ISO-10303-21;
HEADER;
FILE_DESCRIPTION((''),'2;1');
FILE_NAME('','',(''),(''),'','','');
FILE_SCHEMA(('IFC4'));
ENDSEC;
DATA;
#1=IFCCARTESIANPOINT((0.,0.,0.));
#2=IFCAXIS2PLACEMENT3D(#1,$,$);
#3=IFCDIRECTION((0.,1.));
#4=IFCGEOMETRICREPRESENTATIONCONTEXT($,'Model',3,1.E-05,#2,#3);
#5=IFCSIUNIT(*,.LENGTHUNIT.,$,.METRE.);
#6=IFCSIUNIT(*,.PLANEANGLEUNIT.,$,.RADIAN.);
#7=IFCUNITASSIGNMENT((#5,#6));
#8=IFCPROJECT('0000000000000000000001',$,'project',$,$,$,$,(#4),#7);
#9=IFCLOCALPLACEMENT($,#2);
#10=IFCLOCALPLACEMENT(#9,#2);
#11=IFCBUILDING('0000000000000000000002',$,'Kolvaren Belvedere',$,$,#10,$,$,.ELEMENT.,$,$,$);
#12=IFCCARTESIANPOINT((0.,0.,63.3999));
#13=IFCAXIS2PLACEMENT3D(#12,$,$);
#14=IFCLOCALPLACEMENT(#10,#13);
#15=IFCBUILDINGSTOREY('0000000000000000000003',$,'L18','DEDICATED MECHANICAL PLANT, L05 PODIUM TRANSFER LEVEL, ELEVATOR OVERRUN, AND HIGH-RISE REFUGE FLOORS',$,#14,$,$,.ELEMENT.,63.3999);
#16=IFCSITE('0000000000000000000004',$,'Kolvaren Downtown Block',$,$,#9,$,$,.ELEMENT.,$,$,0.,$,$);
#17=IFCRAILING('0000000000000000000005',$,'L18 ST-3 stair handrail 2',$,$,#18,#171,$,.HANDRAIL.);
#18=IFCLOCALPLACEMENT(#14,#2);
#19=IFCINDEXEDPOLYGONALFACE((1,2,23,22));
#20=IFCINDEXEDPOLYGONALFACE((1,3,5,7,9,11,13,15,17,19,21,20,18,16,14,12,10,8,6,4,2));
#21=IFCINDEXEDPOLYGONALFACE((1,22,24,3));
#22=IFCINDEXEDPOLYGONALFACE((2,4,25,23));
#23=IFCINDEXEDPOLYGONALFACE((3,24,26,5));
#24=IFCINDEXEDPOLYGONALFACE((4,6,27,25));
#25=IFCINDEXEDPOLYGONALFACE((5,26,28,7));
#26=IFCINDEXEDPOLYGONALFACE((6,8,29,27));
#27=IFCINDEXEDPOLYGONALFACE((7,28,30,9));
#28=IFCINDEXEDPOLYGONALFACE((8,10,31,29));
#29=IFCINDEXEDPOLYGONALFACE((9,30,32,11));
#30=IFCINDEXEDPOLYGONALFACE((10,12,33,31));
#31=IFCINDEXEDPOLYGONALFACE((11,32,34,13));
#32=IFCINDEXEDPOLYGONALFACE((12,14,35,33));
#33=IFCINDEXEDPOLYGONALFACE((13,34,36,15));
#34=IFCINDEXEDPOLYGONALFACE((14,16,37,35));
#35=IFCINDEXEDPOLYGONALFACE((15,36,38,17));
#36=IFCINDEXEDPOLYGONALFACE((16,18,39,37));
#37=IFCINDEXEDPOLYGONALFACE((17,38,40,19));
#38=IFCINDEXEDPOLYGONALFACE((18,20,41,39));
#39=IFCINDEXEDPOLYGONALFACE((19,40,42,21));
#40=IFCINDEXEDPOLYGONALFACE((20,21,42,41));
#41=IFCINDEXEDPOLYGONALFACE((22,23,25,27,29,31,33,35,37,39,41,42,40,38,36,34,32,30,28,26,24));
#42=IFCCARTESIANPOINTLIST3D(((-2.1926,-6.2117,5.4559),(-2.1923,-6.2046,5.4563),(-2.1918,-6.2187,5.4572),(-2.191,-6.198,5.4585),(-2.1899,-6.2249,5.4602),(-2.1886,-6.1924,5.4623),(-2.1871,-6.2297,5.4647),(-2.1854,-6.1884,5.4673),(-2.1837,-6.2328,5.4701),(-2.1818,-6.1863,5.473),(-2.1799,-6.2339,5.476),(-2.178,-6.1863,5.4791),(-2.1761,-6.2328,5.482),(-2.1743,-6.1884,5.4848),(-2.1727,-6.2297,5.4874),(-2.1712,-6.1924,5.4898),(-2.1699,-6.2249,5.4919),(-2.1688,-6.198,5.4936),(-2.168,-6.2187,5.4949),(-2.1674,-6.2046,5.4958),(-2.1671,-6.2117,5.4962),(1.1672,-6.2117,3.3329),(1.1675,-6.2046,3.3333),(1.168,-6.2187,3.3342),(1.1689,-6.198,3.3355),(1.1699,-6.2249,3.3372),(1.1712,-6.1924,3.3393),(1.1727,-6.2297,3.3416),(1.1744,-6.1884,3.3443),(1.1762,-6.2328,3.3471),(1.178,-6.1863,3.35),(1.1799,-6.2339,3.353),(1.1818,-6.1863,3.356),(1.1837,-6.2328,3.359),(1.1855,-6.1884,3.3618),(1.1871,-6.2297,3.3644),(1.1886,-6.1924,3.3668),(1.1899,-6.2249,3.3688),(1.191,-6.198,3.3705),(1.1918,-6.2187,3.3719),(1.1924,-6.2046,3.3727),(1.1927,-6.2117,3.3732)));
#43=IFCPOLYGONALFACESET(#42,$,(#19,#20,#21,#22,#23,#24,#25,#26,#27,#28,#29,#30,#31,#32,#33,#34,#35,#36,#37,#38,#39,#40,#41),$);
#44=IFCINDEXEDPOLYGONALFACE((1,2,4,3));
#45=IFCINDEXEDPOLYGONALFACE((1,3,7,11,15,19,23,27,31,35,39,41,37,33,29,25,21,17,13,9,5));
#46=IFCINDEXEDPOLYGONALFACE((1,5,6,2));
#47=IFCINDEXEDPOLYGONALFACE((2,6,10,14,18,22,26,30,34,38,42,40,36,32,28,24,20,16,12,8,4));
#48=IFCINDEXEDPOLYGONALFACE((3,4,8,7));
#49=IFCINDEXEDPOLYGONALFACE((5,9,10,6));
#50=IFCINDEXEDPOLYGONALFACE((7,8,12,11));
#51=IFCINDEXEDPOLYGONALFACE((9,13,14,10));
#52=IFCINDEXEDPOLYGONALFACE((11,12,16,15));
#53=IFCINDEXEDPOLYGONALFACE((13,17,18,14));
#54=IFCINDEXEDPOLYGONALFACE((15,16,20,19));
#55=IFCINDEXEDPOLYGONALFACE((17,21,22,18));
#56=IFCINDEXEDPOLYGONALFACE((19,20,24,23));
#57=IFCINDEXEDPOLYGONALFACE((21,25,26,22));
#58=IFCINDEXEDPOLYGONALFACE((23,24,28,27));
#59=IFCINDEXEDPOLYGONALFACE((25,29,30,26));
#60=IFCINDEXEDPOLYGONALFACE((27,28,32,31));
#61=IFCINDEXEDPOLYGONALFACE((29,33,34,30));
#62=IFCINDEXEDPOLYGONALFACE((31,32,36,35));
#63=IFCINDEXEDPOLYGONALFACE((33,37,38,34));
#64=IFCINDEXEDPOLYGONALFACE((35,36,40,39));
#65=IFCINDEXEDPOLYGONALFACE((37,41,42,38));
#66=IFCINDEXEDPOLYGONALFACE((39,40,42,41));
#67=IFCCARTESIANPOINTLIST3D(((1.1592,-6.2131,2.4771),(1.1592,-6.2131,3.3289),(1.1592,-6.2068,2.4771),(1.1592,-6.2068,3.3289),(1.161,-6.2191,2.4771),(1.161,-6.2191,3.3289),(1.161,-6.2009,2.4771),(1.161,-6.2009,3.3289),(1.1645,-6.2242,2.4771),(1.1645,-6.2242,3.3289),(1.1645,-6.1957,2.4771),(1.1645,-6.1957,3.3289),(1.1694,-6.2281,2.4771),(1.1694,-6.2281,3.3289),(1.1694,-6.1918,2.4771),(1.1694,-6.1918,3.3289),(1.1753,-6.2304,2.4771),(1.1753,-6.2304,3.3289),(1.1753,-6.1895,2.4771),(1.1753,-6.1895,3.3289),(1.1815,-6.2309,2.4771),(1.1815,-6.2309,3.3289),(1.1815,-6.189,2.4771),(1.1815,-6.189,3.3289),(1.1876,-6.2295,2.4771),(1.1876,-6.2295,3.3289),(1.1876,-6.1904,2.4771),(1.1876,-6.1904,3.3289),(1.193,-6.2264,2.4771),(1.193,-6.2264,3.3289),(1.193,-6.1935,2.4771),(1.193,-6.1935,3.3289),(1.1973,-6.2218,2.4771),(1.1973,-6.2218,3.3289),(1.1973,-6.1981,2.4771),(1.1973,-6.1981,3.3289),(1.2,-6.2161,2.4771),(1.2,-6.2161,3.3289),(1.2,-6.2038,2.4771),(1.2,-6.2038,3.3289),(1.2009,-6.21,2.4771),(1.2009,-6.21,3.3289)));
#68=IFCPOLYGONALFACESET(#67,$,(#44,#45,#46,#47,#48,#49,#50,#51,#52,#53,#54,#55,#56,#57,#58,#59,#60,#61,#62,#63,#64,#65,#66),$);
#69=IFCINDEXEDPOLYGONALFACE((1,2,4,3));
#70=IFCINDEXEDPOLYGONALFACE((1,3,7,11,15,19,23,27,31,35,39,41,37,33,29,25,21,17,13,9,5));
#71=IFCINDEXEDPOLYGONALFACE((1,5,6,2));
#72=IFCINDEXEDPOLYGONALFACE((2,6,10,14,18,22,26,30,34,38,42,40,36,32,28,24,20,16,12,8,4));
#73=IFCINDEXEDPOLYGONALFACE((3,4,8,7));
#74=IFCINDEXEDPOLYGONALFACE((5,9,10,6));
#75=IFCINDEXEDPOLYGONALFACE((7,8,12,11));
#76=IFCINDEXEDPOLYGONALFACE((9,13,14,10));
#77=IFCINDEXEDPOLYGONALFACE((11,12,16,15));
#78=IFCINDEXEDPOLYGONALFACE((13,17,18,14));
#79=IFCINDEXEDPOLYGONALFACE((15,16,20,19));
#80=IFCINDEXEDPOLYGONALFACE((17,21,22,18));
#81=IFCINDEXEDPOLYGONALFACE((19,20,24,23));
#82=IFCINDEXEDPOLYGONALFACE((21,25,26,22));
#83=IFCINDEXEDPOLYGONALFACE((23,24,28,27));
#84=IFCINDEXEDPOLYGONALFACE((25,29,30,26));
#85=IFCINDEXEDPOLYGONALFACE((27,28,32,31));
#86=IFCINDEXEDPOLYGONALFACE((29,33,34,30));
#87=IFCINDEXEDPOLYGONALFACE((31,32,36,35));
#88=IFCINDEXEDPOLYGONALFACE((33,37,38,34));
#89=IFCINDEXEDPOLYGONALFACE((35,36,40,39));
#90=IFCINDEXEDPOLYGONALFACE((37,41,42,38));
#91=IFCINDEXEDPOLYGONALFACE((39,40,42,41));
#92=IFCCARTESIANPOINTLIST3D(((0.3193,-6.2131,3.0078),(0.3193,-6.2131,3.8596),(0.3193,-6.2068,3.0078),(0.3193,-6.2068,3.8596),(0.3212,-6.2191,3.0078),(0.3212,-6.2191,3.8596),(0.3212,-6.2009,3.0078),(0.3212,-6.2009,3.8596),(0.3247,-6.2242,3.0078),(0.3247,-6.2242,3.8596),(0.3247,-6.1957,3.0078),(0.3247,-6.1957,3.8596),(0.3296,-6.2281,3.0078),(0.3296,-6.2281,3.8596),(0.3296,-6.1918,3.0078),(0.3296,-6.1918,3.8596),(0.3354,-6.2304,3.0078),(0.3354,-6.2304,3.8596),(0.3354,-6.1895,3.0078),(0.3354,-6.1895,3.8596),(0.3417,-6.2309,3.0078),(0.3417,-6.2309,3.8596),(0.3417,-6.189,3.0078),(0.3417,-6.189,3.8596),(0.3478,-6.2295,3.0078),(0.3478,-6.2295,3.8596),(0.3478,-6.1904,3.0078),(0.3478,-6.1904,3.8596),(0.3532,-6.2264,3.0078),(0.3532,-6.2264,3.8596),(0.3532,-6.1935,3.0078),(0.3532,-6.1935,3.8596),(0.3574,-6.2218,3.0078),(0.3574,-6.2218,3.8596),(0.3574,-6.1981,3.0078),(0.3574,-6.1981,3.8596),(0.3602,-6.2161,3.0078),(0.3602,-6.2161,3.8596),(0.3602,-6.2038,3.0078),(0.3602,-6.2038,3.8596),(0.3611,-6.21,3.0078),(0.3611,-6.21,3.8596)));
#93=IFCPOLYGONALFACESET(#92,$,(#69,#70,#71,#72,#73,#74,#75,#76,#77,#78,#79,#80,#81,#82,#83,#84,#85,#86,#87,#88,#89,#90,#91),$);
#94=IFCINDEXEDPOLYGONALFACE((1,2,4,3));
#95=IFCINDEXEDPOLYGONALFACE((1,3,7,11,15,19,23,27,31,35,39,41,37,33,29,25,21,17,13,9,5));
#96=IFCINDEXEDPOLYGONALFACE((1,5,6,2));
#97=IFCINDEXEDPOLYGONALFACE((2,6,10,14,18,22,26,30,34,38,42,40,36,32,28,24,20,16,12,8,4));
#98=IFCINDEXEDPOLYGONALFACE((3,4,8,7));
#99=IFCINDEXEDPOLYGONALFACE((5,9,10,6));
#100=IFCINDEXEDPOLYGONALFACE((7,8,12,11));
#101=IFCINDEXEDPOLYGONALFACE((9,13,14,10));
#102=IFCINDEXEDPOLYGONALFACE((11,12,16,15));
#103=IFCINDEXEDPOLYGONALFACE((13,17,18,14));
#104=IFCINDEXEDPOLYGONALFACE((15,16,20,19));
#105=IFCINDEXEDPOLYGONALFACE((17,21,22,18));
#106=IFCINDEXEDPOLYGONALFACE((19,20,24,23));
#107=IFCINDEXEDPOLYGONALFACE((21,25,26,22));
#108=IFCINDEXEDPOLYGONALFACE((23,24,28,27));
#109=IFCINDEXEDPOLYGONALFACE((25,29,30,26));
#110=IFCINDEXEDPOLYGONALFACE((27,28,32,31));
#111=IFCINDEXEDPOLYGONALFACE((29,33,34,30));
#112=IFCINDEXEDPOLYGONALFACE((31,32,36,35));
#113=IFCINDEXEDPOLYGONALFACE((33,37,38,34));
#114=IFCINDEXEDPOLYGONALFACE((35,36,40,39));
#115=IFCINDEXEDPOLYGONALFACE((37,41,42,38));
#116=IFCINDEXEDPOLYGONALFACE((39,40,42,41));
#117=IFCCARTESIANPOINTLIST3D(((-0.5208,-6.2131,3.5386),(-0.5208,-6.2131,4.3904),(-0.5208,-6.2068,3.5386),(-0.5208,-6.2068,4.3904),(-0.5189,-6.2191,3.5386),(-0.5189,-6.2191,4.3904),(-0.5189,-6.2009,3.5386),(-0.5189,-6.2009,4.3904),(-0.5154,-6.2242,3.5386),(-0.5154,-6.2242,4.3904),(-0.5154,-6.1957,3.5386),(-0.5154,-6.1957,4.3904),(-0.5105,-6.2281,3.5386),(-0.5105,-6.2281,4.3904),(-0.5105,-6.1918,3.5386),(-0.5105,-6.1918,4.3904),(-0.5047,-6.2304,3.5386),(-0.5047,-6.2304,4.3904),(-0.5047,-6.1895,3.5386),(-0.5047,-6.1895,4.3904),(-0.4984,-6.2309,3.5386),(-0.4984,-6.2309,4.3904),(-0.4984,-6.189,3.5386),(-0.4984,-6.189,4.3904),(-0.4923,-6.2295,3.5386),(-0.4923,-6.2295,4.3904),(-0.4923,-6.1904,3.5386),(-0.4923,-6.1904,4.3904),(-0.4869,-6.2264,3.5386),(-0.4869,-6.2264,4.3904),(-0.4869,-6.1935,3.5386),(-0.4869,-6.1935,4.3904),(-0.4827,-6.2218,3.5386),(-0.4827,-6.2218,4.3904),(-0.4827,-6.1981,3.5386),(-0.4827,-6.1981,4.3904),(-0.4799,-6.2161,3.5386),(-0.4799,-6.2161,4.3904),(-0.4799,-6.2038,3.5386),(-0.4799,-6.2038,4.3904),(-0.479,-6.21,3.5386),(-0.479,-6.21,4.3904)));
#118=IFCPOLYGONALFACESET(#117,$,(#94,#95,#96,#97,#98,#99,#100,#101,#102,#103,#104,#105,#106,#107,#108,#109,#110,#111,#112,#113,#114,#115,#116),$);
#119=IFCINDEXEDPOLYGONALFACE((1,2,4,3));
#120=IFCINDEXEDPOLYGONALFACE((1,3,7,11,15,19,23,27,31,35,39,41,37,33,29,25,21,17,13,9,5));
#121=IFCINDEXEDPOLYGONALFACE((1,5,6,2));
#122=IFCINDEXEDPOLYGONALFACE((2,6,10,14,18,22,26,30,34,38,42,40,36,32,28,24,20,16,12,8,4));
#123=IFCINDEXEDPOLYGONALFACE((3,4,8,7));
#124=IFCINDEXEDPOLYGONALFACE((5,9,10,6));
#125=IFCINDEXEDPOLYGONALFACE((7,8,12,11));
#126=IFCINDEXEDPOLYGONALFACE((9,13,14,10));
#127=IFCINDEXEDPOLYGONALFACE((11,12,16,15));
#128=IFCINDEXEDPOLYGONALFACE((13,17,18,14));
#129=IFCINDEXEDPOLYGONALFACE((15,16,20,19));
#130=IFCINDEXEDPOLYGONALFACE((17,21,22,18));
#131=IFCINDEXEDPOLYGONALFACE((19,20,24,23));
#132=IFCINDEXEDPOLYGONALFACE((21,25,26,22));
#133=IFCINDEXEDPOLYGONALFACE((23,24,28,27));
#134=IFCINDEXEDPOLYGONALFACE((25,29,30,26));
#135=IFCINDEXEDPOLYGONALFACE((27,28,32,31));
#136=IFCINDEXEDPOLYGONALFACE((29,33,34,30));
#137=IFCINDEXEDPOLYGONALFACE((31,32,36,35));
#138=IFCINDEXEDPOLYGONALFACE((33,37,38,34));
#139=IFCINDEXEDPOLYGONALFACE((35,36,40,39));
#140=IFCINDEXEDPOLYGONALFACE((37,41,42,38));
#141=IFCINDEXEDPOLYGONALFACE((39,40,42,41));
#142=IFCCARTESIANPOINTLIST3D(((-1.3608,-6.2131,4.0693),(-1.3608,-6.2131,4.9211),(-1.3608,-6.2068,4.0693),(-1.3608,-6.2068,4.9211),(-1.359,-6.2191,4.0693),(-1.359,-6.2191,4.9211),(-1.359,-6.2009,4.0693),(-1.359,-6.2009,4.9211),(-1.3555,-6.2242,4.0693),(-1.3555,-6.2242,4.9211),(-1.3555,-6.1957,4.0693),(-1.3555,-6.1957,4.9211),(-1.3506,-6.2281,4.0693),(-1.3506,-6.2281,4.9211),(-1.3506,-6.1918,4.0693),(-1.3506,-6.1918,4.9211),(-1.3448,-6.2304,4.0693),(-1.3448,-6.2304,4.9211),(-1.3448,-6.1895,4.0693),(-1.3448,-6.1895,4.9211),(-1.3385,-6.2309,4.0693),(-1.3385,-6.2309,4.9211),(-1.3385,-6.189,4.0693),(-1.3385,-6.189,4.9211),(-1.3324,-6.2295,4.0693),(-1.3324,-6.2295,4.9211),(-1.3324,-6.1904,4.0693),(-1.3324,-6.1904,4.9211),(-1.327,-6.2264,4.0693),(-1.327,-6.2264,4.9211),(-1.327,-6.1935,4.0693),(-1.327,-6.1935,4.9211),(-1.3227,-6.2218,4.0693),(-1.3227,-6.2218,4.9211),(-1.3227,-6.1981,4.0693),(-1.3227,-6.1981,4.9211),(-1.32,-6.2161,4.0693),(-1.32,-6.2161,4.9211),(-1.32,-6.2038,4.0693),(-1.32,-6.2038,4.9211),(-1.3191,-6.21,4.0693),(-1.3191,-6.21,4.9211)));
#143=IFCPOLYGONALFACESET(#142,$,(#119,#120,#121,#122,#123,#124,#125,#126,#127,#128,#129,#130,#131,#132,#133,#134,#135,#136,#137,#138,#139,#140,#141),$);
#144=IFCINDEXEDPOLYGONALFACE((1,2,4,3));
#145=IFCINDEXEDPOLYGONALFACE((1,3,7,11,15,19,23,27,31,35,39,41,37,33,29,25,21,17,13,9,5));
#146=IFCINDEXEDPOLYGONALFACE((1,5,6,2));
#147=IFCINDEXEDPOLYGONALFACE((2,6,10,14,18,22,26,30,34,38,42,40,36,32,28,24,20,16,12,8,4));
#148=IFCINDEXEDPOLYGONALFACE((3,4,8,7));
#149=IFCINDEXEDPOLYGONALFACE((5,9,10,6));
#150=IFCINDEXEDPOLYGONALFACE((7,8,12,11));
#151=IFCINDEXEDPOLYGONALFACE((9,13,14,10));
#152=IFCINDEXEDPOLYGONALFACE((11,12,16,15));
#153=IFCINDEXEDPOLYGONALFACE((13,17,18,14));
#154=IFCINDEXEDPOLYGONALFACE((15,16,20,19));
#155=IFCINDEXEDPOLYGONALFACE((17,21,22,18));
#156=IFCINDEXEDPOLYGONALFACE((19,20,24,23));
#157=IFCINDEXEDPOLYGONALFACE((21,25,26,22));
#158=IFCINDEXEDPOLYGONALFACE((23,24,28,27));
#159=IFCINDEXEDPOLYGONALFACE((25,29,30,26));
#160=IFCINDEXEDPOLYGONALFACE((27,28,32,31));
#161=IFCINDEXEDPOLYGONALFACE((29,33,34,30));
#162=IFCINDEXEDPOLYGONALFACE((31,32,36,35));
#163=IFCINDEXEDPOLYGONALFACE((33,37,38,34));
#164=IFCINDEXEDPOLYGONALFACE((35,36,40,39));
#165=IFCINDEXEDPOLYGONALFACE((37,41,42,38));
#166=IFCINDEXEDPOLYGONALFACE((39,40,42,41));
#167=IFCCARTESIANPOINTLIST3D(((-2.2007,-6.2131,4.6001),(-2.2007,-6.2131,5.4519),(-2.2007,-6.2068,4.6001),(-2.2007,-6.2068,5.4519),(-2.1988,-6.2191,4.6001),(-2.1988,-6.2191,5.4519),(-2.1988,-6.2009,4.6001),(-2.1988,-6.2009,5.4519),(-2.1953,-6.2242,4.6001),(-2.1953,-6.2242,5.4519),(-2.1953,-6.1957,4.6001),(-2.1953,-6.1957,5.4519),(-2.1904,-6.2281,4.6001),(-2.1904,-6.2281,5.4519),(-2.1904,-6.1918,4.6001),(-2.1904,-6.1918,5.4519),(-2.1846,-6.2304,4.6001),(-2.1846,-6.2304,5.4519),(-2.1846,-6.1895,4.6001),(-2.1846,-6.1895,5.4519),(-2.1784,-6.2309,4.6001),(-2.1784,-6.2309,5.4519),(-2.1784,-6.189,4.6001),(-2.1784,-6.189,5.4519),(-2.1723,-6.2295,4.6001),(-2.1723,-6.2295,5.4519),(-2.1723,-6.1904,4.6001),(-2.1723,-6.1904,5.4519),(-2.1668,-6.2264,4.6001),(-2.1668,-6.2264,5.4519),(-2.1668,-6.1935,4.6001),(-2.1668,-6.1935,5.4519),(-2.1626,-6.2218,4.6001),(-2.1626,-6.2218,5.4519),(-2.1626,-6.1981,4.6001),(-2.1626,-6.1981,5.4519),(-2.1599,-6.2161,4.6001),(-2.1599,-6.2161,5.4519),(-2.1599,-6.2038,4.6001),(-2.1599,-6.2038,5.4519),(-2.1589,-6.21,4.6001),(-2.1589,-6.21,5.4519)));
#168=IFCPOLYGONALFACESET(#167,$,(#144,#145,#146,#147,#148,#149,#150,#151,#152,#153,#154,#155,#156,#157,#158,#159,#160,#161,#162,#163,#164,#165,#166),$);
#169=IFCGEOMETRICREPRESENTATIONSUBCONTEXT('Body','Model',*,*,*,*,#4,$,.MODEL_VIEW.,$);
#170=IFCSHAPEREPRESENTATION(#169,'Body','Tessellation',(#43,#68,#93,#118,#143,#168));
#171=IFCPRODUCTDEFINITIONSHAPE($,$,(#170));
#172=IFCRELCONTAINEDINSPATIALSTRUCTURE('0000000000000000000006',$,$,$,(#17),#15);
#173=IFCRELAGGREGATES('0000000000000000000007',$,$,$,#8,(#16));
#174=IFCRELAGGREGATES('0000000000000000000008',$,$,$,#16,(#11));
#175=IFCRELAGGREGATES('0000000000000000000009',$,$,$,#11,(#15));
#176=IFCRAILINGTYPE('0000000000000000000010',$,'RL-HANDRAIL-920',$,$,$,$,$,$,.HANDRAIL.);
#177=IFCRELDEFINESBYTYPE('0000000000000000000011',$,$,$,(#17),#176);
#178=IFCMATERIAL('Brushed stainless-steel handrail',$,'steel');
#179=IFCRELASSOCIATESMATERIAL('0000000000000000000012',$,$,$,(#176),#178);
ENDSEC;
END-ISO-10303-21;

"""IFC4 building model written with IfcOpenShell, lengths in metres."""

from ifc_helpers import new_model, si_unit, direction, frame, origin, origin_2d, place, context, subcontext, project, spatial, circle, extrude, material, type_object, element, save


model = new_model("IFC4")

# Units and contexts
model_context = context("Model", 3, precision=1e-05, world=origin(), true_north=direction((0.0, 1.0)))
body_context = subcontext(model_context, "Body", "Model", "MODEL_VIEW")
ifc_project = project(units=[si_unit("LENGTHUNIT", "METRE"), si_unit("PLANEANGLEUNIT", "RADIAN")], contexts=[model_context])

# Site, building, storey
site_placement = place(None, origin())
site = spatial("IfcSite", under=ifc_project, at=site_placement, Name="Kolvaren Downtown Block", CompositionType="ELEMENT", RefElevation=0.0)
building_placement = place(site_placement, origin())
building = spatial("IfcBuilding", under=site, at=building_placement, Name="Kolvaren Belvedere", CompositionType="ELEMENT")
storey_placement = place(building_placement, frame((0.0, 0.0, 63.3999)))
storey = spatial("IfcBuildingStorey", under=building, at=storey_placement, Name="L18", Description="DEDICATED MECHANICAL PLANT, L05 PODIUM TRANSFER LEVEL, ELEVATOR OVERRUN, AND HIGH-RISE REFUGE FLOORS", CompositionType="ELEMENT", Elevation=63.3999)

# Railing
ifc_material_1 = material(Name="Brushed stainless-steel handrail", Category="steel")
railing_type_1 = type_object("IfcRailingType", Name="RL-HANDRAIL-920", PredefinedType="HANDRAIL", material=ifc_material_1)
railing_1_placement = place(storey_placement, frame((1.1799, -6.21, 2.4771)))
element("IfcRailing", 1, at=railing_1_placement, inside=storey, type_object=railing_type_1, Name="L18 ST-3 stair handrail 2", PredefinedType="HANDRAIL", context=body_context, shape_type="SweptSolid", body=[
    extrude(circle(Radius=0.0239, at=origin_2d()), frame((0.0, 0.0, 0.876), z_axis=(-0.845372, 0.0, 0.534178), x_axis=(0.0, -1.0, 0.0)), (0.0, 0.0, 1.0), 3.9744),
    extrude(circle(Radius=0.021, at=origin_2d()), origin(), (0.0, 0.0, 1.0), 0.8518),
    extrude(circle(Radius=0.021, at=origin_2d()), frame((-0.8398, 0.0, 0.5308)), (0.0, 0.0, 1.0), 0.8518),
    extrude(circle(Radius=0.021, at=origin_2d()), frame((-1.6799, 0.0, 1.0615)), (0.0, 0.0, 1.0), 0.8518),
    extrude(circle(Radius=0.021, at=origin_2d()), frame((-2.52, 0.0, 1.5923)), (0.0, 0.0, 1.0), 0.8518),
    extrude(circle(Radius=0.021, at=origin_2d()), frame((-3.3599, 0.0, 2.123)), (0.0, 0.0, 1.0), 0.8518),
])

save(model, "model.ifc")
